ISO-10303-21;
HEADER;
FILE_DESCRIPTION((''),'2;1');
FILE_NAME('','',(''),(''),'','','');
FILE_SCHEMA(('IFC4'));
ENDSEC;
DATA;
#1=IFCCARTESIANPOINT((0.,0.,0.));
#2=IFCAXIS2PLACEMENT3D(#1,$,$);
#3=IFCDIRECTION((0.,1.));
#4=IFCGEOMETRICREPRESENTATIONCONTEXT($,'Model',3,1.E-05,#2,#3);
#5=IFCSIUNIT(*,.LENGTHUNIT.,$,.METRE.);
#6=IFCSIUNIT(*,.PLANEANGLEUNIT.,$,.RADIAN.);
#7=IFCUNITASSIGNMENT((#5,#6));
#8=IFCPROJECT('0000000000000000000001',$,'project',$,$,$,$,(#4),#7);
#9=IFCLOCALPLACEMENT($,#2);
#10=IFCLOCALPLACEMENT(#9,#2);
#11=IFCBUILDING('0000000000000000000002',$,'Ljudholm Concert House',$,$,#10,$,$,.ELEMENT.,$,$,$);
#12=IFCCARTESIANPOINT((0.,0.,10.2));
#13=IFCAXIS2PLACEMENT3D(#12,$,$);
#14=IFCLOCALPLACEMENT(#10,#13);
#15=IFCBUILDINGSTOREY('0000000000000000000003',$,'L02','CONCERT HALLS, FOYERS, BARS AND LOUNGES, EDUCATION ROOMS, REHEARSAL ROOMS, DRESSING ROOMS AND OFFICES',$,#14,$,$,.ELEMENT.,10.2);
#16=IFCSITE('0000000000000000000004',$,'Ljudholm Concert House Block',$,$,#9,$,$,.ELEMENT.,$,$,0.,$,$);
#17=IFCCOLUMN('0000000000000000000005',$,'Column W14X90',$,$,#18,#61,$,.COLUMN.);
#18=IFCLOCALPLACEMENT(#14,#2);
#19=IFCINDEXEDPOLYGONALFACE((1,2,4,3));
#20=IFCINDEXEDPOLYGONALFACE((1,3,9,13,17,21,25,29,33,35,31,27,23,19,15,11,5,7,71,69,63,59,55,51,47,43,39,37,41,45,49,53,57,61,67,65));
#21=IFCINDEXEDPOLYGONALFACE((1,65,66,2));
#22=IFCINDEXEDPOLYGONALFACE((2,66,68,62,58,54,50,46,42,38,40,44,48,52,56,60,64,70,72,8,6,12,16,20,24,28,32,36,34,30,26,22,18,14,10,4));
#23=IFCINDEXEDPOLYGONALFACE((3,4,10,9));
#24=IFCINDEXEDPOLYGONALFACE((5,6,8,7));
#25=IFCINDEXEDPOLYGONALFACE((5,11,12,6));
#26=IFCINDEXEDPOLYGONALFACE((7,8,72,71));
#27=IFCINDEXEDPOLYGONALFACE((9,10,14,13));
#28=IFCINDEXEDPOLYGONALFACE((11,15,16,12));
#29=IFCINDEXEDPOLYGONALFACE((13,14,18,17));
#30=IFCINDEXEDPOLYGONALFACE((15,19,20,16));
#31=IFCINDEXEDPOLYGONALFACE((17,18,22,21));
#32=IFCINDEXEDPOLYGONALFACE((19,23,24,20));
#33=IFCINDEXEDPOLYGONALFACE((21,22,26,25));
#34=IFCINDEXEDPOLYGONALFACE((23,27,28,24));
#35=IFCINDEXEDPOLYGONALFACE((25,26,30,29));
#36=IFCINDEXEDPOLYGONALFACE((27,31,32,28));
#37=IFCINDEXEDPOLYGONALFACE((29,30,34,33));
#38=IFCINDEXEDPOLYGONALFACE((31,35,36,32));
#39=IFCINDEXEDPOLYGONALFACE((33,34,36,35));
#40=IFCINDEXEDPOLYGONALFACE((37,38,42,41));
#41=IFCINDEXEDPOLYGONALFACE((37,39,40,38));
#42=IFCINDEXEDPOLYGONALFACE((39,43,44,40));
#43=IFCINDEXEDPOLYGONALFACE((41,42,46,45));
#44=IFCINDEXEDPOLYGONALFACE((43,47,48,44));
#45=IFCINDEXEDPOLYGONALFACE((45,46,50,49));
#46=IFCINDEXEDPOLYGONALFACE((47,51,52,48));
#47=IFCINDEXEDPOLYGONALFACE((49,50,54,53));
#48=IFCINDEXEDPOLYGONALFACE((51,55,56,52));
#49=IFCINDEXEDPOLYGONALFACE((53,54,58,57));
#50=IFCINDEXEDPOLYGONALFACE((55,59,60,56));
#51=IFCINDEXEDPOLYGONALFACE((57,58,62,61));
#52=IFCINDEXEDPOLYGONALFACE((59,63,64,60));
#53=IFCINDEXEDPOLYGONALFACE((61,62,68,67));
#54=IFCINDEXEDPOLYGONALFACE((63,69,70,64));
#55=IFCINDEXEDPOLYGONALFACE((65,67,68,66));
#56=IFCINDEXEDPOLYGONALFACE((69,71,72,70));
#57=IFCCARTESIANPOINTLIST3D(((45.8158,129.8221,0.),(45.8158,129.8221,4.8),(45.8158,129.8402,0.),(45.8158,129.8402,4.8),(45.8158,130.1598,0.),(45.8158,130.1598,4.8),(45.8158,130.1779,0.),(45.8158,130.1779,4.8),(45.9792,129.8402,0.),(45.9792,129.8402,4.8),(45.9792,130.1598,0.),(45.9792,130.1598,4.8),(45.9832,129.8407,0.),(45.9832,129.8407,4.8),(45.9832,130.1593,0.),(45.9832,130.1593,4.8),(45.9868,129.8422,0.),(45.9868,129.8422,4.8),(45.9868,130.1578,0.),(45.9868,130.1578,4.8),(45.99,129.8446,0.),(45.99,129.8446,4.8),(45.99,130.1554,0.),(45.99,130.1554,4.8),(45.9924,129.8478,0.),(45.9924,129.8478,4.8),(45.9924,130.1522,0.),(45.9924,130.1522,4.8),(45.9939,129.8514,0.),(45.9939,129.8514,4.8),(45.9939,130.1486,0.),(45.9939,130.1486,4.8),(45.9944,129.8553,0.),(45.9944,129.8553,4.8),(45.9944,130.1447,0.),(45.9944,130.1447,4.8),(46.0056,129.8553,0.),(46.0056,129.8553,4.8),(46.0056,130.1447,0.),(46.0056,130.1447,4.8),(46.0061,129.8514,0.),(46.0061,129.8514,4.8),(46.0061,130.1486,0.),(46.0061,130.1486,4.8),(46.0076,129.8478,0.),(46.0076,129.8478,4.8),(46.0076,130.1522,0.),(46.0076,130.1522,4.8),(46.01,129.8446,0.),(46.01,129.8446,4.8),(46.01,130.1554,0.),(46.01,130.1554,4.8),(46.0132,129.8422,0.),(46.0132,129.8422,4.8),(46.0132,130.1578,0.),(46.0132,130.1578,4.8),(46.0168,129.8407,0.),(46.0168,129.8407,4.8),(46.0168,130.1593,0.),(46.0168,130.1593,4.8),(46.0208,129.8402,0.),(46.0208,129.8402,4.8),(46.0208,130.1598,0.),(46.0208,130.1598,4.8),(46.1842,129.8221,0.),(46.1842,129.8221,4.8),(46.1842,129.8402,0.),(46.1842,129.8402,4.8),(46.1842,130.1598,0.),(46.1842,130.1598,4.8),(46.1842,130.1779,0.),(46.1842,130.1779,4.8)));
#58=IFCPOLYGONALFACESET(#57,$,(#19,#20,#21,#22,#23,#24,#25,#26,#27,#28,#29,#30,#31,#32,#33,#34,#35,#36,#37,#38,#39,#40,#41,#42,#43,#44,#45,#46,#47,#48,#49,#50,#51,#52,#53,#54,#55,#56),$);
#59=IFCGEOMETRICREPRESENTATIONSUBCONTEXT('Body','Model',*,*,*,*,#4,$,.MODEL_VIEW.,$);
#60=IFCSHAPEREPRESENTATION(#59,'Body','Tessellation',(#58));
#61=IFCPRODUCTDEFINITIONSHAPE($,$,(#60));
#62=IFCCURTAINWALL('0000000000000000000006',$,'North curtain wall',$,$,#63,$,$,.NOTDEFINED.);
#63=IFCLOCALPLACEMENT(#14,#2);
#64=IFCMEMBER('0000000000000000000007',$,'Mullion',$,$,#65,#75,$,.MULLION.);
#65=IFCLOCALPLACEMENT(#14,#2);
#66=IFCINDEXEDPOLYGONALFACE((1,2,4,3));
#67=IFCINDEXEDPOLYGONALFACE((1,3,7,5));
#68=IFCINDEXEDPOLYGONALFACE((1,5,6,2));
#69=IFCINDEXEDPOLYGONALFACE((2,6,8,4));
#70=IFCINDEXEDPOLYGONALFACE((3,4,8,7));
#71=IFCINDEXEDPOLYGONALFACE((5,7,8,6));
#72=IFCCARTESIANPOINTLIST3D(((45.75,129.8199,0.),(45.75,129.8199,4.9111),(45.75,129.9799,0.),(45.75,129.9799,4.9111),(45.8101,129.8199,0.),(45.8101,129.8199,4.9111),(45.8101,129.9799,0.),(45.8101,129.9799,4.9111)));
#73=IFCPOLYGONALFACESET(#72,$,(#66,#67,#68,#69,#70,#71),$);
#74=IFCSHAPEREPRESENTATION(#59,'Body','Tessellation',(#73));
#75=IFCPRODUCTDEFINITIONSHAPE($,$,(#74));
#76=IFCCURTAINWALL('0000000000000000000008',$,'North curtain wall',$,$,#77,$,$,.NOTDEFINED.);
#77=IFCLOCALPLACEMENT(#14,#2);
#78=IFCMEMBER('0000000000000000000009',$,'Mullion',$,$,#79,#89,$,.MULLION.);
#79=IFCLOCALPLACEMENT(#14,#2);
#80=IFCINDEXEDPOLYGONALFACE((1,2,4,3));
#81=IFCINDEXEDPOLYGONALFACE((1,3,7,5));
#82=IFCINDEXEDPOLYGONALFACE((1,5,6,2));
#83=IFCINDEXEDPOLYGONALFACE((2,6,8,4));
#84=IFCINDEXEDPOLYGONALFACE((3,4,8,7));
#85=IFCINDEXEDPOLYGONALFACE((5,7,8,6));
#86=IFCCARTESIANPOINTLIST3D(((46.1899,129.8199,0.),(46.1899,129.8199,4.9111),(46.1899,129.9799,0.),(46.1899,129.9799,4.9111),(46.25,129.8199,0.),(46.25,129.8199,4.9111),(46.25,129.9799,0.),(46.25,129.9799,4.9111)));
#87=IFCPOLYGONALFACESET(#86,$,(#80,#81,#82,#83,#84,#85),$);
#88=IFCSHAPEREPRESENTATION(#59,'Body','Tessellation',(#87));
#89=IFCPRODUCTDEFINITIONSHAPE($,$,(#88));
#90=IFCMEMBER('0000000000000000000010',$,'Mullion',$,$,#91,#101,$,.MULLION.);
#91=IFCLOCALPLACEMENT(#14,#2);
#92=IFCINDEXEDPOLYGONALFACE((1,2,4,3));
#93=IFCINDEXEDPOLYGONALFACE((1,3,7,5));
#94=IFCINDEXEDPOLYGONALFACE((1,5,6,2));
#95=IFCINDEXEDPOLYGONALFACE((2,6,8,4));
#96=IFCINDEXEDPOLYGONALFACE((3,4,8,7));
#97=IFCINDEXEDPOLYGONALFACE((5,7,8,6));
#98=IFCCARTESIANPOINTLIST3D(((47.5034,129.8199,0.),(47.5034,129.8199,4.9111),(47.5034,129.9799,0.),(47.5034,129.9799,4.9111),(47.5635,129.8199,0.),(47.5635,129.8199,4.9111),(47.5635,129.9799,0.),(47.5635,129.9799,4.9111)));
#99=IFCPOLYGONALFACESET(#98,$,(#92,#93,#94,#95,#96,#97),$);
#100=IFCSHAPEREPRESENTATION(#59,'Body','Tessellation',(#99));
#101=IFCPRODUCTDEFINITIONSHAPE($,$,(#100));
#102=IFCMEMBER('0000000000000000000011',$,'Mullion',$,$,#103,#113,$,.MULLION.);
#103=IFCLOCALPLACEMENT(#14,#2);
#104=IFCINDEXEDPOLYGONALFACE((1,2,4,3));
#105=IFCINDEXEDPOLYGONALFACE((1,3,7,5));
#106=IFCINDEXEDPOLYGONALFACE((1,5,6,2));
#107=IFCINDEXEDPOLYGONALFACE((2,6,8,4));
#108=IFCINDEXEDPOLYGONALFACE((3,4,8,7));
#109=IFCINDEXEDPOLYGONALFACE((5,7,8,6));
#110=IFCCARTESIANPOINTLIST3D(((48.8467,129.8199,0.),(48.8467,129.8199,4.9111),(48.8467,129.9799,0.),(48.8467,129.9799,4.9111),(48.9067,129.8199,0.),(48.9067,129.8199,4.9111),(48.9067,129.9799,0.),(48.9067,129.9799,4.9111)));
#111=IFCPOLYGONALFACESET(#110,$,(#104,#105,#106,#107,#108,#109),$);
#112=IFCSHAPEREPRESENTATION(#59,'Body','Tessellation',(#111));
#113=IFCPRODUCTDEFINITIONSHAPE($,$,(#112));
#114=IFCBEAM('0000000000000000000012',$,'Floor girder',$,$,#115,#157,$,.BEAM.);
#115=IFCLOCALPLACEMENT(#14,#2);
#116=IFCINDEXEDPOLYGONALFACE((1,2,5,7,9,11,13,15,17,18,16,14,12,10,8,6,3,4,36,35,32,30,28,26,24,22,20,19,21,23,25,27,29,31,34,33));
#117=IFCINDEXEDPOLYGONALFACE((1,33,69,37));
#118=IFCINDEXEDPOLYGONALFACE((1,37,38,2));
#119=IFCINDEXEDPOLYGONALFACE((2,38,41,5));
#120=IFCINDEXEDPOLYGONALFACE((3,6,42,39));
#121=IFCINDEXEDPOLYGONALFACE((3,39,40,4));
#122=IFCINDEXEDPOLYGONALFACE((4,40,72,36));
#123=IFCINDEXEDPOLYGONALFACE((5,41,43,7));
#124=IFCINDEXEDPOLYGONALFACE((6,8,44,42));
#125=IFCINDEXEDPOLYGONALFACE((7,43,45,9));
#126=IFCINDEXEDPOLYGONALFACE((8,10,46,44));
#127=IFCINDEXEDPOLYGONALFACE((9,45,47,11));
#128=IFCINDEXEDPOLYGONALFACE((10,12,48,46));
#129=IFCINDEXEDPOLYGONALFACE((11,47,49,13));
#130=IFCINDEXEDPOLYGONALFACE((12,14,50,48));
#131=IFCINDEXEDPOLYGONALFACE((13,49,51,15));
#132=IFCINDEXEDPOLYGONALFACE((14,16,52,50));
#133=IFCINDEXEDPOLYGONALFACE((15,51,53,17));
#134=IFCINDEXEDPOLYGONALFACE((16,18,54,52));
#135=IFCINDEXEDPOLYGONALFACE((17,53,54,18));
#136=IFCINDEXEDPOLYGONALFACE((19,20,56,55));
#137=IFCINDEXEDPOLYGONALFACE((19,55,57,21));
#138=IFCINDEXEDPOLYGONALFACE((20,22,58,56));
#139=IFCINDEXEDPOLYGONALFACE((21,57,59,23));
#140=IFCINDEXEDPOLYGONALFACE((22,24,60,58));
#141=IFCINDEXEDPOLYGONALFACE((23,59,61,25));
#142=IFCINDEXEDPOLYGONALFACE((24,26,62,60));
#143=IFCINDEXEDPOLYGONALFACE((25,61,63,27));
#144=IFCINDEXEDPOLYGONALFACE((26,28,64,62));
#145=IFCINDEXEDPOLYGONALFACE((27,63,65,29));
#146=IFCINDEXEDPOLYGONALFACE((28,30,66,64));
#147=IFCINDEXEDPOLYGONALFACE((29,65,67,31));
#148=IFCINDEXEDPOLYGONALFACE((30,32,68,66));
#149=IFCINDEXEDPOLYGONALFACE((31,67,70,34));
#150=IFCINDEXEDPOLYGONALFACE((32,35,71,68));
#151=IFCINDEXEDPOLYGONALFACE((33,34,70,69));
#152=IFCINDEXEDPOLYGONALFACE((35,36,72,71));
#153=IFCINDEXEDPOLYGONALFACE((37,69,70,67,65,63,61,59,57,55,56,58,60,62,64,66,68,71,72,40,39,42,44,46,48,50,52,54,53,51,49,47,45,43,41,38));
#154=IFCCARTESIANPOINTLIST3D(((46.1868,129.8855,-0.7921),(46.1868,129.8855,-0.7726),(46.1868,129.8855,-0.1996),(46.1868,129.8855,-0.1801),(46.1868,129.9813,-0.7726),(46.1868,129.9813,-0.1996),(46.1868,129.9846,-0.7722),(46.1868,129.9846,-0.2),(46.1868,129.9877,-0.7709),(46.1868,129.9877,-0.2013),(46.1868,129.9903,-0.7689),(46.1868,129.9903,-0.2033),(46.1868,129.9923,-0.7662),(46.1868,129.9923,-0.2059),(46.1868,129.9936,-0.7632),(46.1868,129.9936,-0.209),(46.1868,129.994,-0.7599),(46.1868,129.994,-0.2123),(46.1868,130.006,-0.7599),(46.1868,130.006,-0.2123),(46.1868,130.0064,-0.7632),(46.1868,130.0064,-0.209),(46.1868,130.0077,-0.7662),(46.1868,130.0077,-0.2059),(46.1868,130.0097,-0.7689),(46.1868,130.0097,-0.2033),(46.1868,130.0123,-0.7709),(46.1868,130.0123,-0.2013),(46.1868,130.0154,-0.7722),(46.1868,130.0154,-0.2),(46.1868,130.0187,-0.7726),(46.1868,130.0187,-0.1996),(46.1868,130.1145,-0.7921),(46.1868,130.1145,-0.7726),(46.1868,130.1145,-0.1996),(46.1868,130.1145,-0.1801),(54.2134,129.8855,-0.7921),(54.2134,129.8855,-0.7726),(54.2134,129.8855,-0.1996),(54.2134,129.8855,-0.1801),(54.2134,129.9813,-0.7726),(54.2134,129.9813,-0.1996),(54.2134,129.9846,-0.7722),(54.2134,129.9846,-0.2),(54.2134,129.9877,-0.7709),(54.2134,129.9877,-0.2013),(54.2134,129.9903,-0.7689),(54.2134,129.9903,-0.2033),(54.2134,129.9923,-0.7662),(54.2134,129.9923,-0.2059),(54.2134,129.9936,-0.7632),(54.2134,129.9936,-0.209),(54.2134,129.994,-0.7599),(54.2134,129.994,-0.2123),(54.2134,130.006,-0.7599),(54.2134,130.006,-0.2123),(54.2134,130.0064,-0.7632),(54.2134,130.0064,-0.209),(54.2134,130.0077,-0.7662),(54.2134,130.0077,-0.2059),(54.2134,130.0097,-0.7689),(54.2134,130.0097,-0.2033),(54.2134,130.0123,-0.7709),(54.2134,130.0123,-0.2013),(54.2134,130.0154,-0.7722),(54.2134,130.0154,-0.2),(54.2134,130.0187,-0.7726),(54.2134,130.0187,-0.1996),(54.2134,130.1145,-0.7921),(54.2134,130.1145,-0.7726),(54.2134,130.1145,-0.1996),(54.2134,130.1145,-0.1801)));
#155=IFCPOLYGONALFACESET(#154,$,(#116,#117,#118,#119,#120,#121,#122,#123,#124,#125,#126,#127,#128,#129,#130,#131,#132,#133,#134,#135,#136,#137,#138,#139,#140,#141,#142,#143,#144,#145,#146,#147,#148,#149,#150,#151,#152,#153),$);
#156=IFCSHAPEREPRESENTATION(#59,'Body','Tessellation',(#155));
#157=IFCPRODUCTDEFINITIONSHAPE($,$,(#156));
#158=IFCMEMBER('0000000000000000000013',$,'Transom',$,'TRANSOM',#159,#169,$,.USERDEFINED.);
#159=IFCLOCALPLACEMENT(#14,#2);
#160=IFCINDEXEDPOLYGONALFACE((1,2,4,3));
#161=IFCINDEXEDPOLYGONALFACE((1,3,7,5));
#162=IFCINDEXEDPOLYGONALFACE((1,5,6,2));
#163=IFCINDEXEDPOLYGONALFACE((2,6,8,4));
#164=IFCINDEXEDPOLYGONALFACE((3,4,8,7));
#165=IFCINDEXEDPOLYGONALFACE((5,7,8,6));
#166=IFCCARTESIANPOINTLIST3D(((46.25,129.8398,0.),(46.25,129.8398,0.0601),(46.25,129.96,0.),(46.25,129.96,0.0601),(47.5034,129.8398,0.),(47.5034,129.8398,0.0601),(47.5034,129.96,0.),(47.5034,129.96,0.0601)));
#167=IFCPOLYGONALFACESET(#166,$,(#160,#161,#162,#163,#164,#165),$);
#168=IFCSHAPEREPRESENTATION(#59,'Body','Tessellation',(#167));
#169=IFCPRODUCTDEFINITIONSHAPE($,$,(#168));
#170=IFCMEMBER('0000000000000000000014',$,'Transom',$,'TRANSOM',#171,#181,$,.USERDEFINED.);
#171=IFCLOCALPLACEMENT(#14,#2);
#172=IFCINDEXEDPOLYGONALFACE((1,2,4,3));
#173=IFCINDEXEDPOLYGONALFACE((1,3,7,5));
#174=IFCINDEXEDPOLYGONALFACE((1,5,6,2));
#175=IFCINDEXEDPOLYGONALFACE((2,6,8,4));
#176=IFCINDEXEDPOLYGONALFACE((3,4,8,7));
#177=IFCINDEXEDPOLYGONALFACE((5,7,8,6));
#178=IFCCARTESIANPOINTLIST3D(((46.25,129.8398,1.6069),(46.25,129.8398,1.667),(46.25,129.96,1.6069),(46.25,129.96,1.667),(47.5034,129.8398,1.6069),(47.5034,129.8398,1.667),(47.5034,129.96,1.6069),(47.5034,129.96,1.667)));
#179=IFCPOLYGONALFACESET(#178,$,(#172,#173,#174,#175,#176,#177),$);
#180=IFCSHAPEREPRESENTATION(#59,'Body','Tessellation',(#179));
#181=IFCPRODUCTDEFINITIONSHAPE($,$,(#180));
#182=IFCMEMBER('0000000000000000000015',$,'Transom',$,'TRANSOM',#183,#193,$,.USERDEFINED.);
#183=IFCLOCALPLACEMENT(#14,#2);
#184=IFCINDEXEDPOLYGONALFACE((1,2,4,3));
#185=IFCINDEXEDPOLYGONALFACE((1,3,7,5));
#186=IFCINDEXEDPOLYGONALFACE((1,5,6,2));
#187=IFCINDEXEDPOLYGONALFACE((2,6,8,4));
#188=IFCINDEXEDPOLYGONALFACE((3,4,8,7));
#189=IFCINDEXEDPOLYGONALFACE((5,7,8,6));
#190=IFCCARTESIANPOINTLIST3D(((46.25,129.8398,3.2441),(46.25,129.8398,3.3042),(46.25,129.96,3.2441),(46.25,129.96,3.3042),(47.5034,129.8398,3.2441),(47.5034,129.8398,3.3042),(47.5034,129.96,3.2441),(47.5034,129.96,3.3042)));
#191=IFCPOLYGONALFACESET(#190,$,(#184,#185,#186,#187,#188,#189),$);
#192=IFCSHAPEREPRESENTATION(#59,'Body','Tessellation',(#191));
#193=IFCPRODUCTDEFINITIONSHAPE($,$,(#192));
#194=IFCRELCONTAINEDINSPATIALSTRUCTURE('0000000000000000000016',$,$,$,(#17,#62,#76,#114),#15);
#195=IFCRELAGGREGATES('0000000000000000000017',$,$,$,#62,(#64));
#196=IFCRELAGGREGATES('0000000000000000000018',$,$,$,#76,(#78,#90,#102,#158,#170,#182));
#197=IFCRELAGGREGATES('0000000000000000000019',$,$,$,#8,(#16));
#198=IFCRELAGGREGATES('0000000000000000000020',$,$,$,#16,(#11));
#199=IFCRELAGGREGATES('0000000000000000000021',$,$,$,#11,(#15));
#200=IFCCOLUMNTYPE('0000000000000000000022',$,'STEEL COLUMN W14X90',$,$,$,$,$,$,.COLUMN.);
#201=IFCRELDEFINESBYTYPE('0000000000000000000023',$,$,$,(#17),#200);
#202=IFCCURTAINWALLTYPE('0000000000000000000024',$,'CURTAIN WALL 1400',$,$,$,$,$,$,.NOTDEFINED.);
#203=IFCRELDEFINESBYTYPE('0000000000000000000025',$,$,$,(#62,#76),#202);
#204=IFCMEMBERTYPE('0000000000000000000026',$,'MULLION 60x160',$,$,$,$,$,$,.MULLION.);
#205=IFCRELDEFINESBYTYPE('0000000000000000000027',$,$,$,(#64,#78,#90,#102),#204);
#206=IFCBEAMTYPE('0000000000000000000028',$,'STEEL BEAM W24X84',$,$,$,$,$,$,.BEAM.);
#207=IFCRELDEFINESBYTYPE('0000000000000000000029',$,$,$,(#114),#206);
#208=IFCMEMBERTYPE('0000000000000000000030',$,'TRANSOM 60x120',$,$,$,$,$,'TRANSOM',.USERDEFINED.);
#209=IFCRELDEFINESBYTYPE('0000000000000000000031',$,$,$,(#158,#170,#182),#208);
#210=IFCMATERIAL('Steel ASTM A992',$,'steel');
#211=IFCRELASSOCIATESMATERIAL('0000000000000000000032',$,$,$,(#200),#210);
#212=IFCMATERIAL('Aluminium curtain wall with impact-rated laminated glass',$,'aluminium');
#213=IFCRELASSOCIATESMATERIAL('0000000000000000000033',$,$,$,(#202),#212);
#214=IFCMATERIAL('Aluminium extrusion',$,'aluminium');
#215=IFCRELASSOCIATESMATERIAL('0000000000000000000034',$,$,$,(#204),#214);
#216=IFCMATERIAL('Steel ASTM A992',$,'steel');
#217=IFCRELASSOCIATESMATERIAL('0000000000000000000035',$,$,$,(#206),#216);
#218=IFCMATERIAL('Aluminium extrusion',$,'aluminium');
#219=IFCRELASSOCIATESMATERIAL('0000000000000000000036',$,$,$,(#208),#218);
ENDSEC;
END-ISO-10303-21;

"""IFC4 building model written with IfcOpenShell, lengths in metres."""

from ifc_helpers import new_model, si_unit, direction, frame, origin, origin_2d, place, context, subcontext, project, spatial, rectangle, i_section, extrude, material, material_profile, profile_set, type_object, element, aggregate, save


model = new_model("IFC4")

# Units and contexts
model_context = context("Model", 3, precision=1e-05, world=origin(), true_north=direction((0.0, 1.0)))
body_context = subcontext(model_context, "Body", "Model", "MODEL_VIEW")
ifc_project = project(units=[si_unit("LENGTHUNIT", "METRE"), si_unit("PLANEANGLEUNIT", "RADIAN")], contexts=[model_context])

# Site, building, storey
site_placement = place(None, origin())
site = spatial("IfcSite", under=ifc_project, at=site_placement, Name="Ljudholm Concert House Block", CompositionType="ELEMENT", RefElevation=0.0)
building_placement = place(site_placement, origin())
building = spatial("IfcBuilding", under=site, at=building_placement, Name="Ljudholm Concert House", CompositionType="ELEMENT")
storey_placement = place(building_placement, frame((0.0, 0.0, 10.2)))
storey = spatial("IfcBuildingStorey", under=building, at=storey_placement, Name="L02", Description="CONCERT HALLS, FOYERS, BARS AND LOUNGES, EDUCATION ROOMS, REHEARSAL ROOMS, DRESSING ROOMS AND OFFICES", CompositionType="ELEMENT", Elevation=10.2)

# Column
ifc_material_1 = material(Name="Steel ASTM A992", Category="steel")
ifc_material_profile_1 = material_profile(ifc_material_1, i_section(OverallWidth=0.3684, OverallDepth=0.3557, WebThickness=0.0112, FlangeThickness=0.0181, FilletRadius=0.0151, at=origin_2d()), Name="W14X90")
ifc_profile_set_1 = profile_set([ifc_material_profile_1], Name="Steel ASTM A992")
column_type = type_object("IfcColumnType", Name="STEEL COLUMN W14X90", PredefinedType="COLUMN", material=ifc_profile_set_1)
column_placement = place(storey_placement, frame((46.0, 130.0, 0.0), z_axis=(0.0, 0.0, 1.0), x_axis=(1.0, 0.0, 0.0)))
element("IfcColumn", 1, at=column_placement, inside=storey, type_object=column_type, Name="Column W14X90", PredefinedType="COLUMN", context=body_context, shape_type="SweptSolid", body=[
    extrude(i_section(OverallWidth=0.3684, OverallDepth=0.3557, WebThickness=0.0112, FlangeThickness=0.0181, FilletRadius=0.0151, at=origin_2d()), origin(), (0.0, 0.0, 1.0), 4.8),
])

# Curtain wall, member
ifc_material_2 = material(Name="Aluminium curtain wall with impact-rated laminated glass", Category="aluminium")
curtain_wall_type = type_object("IfcCurtainWallType", Name="CURTAIN WALL 1400", PredefinedType="NOTDEFINED", material=ifc_material_2)
curtain_wall_1_placement = place(storey_placement, origin())
curtain_wall_1 = element("IfcCurtainWall", 2, at=curtain_wall_1_placement, inside=storey, type_object=curtain_wall_type, Name="North curtain wall", PredefinedType="NOTDEFINED")
ifc_material_3 = material(Name="Aluminium extrusion", Category="aluminium")
ifc_material_profile_2 = material_profile(ifc_material_3, rectangle(XDim=0.1599, YDim=0.0601, at=origin_2d()), Name="MULLION 60x160")
ifc_profile_set_2 = profile_set([ifc_material_profile_2], Name="Aluminium extrusion")
member_type_1 = type_object("IfcMemberType", Name="MULLION 60x160", PredefinedType="MULLION", material=ifc_profile_set_2)
member_1_placement = place(storey_placement, frame((45.78, 129.8999, 0.0), z_axis=(0.0, 0.0, 1.0), x_axis=(0.0, 1.0, 0.0)))
member_1 = element("IfcMember", 3, at=member_1_placement, type_object=member_type_1, Name="Mullion", PredefinedType="MULLION", context=body_context, shape_type="SweptSolid", body=[
    extrude(rectangle(XDim=0.1599, YDim=0.0601, at=origin_2d()), origin(), (0.0, 0.0, 1.0), 4.9111),
])

# Curtain wall, members
curtain_wall_2_placement = place(storey_placement, origin())
curtain_wall_2 = element("IfcCurtainWall", 4, at=curtain_wall_2_placement, inside=storey, type_object=curtain_wall_type, Name="North curtain wall", PredefinedType="NOTDEFINED")
member_2_placement = place(storey_placement, frame((46.22, 129.8999, 0.0), z_axis=(0.0, 0.0, 1.0), x_axis=(0.0, 1.0, 0.0)))
member_2 = element("IfcMember", 5, at=member_2_placement, type_object=member_type_1, Name="Mullion", PredefinedType="MULLION", context=body_context, shape_type="SweptSolid", body=[
    extrude(rectangle(XDim=0.1599, YDim=0.0601, at=origin_2d()), origin(), (0.0, 0.0, 1.0), 4.9111),
])
member_3_placement = place(storey_placement, frame((47.5334, 129.8999, 0.0), z_axis=(0.0, 0.0, 1.0), x_axis=(0.0, 1.0, 0.0)))
member_3 = element("IfcMember", 6, at=member_3_placement, type_object=member_type_1, Name="Mullion", PredefinedType="MULLION", context=body_context, shape_type="SweptSolid", body=[
    extrude(rectangle(XDim=0.1599, YDim=0.0601, at=origin_2d()), origin(), (0.0, 0.0, 1.0), 4.9111),
])
member_4_placement = place(storey_placement, frame((48.8767, 129.8999, 0.0), z_axis=(0.0, 0.0, 1.0), x_axis=(0.0, 1.0, 0.0)))
member_4 = element("IfcMember", 7, at=member_4_placement, type_object=member_type_1, Name="Mullion", PredefinedType="MULLION", context=body_context, shape_type="SweptSolid", body=[
    extrude(rectangle(XDim=0.1599, YDim=0.0601, at=origin_2d()), origin(), (0.0, 0.0, 1.0), 4.9111),
])

# Beam
ifc_material_4 = material(Name="Steel ASTM A992", Category="steel")
ifc_material_profile_3 = material_profile(ifc_material_4, i_section(OverallWidth=0.229, OverallDepth=0.6121, WebThickness=0.012, FlangeThickness=0.0195, FilletRadius=0.0127, at=origin_2d()), Name="W24X84")
ifc_profile_set_3 = profile_set([ifc_material_profile_3], Name="Steel ASTM A992")
beam_type = type_object("IfcBeamType", Name="STEEL BEAM W24X84", PredefinedType="BEAM", material=ifc_profile_set_3)
beam_placement = place(storey_placement, frame((46.1868, 130.0, -0.4861), z_axis=(1.0, 0.0, 0.0), x_axis=(0.0, 1.0, 0.0)))
element("IfcBeam", 8, at=beam_placement, inside=storey, type_object=beam_type, Name="Floor girder", PredefinedType="BEAM", context=body_context, shape_type="SweptSolid", body=[
    extrude(i_section(OverallWidth=0.229, OverallDepth=0.6121, WebThickness=0.012, FlangeThickness=0.0195, FilletRadius=0.0127, at=origin_2d()), origin(), (0.0, 0.0, 1.0), 8.0266),
])

# Members
ifc_material_5 = material(Name="Aluminium extrusion", Category="aluminium")
ifc_material_profile_4 = material_profile(ifc_material_5, rectangle(XDim=0.1201, YDim=0.0601, at=origin_2d()), Name="TRANSOM 60x120")
ifc_profile_set_4 = profile_set([ifc_material_profile_4], Name="Aluminium extrusion")
member_type_2 = type_object("IfcMemberType", Name="TRANSOM 60x120", ElementType="TRANSOM", PredefinedType="USERDEFINED", material=ifc_profile_set_4)
member_5_placement = place(storey_placement, frame((46.25, 129.8999, 0.03), z_axis=(1.0, 0.0, 0.0), x_axis=(0.0, 1.0, 0.0)))
member_5 = element("IfcMember", 9, at=member_5_placement, type_object=member_type_2, Name="Transom", ObjectType="TRANSOM", PredefinedType="USERDEFINED", context=body_context, shape_type="SweptSolid", body=[
    extrude(rectangle(XDim=0.1201, YDim=0.0601, at=origin_2d()), origin(), (0.0, 0.0, 1.0), 1.2534),
])
member_6_placement = place(storey_placement, frame((46.25, 129.8999, 1.637), z_axis=(1.0, 0.0, 0.0), x_axis=(0.0, 1.0, 0.0)))
member_6 = element("IfcMember", 10, at=member_6_placement, type_object=member_type_2, Name="Transom", ObjectType="TRANSOM", PredefinedType="USERDEFINED", context=body_context, shape_type="SweptSolid", body=[
    extrude(rectangle(XDim=0.1201, YDim=0.0601, at=origin_2d()), origin(), (0.0, 0.0, 1.0), 1.2534),
])
member_7_placement = place(storey_placement, frame((46.25, 129.8999, 3.2742), z_axis=(1.0, 0.0, 0.0), x_axis=(0.0, 1.0, 0.0)))
member_7 = element("IfcMember", 11, at=member_7_placement, type_object=member_type_2, Name="Transom", ObjectType="TRANSOM", PredefinedType="USERDEFINED", context=body_context, shape_type="SweptSolid", body=[
    extrude(rectangle(XDim=0.1201, YDim=0.0601, at=origin_2d()), origin(), (0.0, 0.0, 1.0), 1.2534),
])

aggregate(curtain_wall_1, [member_1])
aggregate(curtain_wall_2, [member_2, member_3, member_4, member_5, member_6, member_7])

save(model, "model.ifc")
